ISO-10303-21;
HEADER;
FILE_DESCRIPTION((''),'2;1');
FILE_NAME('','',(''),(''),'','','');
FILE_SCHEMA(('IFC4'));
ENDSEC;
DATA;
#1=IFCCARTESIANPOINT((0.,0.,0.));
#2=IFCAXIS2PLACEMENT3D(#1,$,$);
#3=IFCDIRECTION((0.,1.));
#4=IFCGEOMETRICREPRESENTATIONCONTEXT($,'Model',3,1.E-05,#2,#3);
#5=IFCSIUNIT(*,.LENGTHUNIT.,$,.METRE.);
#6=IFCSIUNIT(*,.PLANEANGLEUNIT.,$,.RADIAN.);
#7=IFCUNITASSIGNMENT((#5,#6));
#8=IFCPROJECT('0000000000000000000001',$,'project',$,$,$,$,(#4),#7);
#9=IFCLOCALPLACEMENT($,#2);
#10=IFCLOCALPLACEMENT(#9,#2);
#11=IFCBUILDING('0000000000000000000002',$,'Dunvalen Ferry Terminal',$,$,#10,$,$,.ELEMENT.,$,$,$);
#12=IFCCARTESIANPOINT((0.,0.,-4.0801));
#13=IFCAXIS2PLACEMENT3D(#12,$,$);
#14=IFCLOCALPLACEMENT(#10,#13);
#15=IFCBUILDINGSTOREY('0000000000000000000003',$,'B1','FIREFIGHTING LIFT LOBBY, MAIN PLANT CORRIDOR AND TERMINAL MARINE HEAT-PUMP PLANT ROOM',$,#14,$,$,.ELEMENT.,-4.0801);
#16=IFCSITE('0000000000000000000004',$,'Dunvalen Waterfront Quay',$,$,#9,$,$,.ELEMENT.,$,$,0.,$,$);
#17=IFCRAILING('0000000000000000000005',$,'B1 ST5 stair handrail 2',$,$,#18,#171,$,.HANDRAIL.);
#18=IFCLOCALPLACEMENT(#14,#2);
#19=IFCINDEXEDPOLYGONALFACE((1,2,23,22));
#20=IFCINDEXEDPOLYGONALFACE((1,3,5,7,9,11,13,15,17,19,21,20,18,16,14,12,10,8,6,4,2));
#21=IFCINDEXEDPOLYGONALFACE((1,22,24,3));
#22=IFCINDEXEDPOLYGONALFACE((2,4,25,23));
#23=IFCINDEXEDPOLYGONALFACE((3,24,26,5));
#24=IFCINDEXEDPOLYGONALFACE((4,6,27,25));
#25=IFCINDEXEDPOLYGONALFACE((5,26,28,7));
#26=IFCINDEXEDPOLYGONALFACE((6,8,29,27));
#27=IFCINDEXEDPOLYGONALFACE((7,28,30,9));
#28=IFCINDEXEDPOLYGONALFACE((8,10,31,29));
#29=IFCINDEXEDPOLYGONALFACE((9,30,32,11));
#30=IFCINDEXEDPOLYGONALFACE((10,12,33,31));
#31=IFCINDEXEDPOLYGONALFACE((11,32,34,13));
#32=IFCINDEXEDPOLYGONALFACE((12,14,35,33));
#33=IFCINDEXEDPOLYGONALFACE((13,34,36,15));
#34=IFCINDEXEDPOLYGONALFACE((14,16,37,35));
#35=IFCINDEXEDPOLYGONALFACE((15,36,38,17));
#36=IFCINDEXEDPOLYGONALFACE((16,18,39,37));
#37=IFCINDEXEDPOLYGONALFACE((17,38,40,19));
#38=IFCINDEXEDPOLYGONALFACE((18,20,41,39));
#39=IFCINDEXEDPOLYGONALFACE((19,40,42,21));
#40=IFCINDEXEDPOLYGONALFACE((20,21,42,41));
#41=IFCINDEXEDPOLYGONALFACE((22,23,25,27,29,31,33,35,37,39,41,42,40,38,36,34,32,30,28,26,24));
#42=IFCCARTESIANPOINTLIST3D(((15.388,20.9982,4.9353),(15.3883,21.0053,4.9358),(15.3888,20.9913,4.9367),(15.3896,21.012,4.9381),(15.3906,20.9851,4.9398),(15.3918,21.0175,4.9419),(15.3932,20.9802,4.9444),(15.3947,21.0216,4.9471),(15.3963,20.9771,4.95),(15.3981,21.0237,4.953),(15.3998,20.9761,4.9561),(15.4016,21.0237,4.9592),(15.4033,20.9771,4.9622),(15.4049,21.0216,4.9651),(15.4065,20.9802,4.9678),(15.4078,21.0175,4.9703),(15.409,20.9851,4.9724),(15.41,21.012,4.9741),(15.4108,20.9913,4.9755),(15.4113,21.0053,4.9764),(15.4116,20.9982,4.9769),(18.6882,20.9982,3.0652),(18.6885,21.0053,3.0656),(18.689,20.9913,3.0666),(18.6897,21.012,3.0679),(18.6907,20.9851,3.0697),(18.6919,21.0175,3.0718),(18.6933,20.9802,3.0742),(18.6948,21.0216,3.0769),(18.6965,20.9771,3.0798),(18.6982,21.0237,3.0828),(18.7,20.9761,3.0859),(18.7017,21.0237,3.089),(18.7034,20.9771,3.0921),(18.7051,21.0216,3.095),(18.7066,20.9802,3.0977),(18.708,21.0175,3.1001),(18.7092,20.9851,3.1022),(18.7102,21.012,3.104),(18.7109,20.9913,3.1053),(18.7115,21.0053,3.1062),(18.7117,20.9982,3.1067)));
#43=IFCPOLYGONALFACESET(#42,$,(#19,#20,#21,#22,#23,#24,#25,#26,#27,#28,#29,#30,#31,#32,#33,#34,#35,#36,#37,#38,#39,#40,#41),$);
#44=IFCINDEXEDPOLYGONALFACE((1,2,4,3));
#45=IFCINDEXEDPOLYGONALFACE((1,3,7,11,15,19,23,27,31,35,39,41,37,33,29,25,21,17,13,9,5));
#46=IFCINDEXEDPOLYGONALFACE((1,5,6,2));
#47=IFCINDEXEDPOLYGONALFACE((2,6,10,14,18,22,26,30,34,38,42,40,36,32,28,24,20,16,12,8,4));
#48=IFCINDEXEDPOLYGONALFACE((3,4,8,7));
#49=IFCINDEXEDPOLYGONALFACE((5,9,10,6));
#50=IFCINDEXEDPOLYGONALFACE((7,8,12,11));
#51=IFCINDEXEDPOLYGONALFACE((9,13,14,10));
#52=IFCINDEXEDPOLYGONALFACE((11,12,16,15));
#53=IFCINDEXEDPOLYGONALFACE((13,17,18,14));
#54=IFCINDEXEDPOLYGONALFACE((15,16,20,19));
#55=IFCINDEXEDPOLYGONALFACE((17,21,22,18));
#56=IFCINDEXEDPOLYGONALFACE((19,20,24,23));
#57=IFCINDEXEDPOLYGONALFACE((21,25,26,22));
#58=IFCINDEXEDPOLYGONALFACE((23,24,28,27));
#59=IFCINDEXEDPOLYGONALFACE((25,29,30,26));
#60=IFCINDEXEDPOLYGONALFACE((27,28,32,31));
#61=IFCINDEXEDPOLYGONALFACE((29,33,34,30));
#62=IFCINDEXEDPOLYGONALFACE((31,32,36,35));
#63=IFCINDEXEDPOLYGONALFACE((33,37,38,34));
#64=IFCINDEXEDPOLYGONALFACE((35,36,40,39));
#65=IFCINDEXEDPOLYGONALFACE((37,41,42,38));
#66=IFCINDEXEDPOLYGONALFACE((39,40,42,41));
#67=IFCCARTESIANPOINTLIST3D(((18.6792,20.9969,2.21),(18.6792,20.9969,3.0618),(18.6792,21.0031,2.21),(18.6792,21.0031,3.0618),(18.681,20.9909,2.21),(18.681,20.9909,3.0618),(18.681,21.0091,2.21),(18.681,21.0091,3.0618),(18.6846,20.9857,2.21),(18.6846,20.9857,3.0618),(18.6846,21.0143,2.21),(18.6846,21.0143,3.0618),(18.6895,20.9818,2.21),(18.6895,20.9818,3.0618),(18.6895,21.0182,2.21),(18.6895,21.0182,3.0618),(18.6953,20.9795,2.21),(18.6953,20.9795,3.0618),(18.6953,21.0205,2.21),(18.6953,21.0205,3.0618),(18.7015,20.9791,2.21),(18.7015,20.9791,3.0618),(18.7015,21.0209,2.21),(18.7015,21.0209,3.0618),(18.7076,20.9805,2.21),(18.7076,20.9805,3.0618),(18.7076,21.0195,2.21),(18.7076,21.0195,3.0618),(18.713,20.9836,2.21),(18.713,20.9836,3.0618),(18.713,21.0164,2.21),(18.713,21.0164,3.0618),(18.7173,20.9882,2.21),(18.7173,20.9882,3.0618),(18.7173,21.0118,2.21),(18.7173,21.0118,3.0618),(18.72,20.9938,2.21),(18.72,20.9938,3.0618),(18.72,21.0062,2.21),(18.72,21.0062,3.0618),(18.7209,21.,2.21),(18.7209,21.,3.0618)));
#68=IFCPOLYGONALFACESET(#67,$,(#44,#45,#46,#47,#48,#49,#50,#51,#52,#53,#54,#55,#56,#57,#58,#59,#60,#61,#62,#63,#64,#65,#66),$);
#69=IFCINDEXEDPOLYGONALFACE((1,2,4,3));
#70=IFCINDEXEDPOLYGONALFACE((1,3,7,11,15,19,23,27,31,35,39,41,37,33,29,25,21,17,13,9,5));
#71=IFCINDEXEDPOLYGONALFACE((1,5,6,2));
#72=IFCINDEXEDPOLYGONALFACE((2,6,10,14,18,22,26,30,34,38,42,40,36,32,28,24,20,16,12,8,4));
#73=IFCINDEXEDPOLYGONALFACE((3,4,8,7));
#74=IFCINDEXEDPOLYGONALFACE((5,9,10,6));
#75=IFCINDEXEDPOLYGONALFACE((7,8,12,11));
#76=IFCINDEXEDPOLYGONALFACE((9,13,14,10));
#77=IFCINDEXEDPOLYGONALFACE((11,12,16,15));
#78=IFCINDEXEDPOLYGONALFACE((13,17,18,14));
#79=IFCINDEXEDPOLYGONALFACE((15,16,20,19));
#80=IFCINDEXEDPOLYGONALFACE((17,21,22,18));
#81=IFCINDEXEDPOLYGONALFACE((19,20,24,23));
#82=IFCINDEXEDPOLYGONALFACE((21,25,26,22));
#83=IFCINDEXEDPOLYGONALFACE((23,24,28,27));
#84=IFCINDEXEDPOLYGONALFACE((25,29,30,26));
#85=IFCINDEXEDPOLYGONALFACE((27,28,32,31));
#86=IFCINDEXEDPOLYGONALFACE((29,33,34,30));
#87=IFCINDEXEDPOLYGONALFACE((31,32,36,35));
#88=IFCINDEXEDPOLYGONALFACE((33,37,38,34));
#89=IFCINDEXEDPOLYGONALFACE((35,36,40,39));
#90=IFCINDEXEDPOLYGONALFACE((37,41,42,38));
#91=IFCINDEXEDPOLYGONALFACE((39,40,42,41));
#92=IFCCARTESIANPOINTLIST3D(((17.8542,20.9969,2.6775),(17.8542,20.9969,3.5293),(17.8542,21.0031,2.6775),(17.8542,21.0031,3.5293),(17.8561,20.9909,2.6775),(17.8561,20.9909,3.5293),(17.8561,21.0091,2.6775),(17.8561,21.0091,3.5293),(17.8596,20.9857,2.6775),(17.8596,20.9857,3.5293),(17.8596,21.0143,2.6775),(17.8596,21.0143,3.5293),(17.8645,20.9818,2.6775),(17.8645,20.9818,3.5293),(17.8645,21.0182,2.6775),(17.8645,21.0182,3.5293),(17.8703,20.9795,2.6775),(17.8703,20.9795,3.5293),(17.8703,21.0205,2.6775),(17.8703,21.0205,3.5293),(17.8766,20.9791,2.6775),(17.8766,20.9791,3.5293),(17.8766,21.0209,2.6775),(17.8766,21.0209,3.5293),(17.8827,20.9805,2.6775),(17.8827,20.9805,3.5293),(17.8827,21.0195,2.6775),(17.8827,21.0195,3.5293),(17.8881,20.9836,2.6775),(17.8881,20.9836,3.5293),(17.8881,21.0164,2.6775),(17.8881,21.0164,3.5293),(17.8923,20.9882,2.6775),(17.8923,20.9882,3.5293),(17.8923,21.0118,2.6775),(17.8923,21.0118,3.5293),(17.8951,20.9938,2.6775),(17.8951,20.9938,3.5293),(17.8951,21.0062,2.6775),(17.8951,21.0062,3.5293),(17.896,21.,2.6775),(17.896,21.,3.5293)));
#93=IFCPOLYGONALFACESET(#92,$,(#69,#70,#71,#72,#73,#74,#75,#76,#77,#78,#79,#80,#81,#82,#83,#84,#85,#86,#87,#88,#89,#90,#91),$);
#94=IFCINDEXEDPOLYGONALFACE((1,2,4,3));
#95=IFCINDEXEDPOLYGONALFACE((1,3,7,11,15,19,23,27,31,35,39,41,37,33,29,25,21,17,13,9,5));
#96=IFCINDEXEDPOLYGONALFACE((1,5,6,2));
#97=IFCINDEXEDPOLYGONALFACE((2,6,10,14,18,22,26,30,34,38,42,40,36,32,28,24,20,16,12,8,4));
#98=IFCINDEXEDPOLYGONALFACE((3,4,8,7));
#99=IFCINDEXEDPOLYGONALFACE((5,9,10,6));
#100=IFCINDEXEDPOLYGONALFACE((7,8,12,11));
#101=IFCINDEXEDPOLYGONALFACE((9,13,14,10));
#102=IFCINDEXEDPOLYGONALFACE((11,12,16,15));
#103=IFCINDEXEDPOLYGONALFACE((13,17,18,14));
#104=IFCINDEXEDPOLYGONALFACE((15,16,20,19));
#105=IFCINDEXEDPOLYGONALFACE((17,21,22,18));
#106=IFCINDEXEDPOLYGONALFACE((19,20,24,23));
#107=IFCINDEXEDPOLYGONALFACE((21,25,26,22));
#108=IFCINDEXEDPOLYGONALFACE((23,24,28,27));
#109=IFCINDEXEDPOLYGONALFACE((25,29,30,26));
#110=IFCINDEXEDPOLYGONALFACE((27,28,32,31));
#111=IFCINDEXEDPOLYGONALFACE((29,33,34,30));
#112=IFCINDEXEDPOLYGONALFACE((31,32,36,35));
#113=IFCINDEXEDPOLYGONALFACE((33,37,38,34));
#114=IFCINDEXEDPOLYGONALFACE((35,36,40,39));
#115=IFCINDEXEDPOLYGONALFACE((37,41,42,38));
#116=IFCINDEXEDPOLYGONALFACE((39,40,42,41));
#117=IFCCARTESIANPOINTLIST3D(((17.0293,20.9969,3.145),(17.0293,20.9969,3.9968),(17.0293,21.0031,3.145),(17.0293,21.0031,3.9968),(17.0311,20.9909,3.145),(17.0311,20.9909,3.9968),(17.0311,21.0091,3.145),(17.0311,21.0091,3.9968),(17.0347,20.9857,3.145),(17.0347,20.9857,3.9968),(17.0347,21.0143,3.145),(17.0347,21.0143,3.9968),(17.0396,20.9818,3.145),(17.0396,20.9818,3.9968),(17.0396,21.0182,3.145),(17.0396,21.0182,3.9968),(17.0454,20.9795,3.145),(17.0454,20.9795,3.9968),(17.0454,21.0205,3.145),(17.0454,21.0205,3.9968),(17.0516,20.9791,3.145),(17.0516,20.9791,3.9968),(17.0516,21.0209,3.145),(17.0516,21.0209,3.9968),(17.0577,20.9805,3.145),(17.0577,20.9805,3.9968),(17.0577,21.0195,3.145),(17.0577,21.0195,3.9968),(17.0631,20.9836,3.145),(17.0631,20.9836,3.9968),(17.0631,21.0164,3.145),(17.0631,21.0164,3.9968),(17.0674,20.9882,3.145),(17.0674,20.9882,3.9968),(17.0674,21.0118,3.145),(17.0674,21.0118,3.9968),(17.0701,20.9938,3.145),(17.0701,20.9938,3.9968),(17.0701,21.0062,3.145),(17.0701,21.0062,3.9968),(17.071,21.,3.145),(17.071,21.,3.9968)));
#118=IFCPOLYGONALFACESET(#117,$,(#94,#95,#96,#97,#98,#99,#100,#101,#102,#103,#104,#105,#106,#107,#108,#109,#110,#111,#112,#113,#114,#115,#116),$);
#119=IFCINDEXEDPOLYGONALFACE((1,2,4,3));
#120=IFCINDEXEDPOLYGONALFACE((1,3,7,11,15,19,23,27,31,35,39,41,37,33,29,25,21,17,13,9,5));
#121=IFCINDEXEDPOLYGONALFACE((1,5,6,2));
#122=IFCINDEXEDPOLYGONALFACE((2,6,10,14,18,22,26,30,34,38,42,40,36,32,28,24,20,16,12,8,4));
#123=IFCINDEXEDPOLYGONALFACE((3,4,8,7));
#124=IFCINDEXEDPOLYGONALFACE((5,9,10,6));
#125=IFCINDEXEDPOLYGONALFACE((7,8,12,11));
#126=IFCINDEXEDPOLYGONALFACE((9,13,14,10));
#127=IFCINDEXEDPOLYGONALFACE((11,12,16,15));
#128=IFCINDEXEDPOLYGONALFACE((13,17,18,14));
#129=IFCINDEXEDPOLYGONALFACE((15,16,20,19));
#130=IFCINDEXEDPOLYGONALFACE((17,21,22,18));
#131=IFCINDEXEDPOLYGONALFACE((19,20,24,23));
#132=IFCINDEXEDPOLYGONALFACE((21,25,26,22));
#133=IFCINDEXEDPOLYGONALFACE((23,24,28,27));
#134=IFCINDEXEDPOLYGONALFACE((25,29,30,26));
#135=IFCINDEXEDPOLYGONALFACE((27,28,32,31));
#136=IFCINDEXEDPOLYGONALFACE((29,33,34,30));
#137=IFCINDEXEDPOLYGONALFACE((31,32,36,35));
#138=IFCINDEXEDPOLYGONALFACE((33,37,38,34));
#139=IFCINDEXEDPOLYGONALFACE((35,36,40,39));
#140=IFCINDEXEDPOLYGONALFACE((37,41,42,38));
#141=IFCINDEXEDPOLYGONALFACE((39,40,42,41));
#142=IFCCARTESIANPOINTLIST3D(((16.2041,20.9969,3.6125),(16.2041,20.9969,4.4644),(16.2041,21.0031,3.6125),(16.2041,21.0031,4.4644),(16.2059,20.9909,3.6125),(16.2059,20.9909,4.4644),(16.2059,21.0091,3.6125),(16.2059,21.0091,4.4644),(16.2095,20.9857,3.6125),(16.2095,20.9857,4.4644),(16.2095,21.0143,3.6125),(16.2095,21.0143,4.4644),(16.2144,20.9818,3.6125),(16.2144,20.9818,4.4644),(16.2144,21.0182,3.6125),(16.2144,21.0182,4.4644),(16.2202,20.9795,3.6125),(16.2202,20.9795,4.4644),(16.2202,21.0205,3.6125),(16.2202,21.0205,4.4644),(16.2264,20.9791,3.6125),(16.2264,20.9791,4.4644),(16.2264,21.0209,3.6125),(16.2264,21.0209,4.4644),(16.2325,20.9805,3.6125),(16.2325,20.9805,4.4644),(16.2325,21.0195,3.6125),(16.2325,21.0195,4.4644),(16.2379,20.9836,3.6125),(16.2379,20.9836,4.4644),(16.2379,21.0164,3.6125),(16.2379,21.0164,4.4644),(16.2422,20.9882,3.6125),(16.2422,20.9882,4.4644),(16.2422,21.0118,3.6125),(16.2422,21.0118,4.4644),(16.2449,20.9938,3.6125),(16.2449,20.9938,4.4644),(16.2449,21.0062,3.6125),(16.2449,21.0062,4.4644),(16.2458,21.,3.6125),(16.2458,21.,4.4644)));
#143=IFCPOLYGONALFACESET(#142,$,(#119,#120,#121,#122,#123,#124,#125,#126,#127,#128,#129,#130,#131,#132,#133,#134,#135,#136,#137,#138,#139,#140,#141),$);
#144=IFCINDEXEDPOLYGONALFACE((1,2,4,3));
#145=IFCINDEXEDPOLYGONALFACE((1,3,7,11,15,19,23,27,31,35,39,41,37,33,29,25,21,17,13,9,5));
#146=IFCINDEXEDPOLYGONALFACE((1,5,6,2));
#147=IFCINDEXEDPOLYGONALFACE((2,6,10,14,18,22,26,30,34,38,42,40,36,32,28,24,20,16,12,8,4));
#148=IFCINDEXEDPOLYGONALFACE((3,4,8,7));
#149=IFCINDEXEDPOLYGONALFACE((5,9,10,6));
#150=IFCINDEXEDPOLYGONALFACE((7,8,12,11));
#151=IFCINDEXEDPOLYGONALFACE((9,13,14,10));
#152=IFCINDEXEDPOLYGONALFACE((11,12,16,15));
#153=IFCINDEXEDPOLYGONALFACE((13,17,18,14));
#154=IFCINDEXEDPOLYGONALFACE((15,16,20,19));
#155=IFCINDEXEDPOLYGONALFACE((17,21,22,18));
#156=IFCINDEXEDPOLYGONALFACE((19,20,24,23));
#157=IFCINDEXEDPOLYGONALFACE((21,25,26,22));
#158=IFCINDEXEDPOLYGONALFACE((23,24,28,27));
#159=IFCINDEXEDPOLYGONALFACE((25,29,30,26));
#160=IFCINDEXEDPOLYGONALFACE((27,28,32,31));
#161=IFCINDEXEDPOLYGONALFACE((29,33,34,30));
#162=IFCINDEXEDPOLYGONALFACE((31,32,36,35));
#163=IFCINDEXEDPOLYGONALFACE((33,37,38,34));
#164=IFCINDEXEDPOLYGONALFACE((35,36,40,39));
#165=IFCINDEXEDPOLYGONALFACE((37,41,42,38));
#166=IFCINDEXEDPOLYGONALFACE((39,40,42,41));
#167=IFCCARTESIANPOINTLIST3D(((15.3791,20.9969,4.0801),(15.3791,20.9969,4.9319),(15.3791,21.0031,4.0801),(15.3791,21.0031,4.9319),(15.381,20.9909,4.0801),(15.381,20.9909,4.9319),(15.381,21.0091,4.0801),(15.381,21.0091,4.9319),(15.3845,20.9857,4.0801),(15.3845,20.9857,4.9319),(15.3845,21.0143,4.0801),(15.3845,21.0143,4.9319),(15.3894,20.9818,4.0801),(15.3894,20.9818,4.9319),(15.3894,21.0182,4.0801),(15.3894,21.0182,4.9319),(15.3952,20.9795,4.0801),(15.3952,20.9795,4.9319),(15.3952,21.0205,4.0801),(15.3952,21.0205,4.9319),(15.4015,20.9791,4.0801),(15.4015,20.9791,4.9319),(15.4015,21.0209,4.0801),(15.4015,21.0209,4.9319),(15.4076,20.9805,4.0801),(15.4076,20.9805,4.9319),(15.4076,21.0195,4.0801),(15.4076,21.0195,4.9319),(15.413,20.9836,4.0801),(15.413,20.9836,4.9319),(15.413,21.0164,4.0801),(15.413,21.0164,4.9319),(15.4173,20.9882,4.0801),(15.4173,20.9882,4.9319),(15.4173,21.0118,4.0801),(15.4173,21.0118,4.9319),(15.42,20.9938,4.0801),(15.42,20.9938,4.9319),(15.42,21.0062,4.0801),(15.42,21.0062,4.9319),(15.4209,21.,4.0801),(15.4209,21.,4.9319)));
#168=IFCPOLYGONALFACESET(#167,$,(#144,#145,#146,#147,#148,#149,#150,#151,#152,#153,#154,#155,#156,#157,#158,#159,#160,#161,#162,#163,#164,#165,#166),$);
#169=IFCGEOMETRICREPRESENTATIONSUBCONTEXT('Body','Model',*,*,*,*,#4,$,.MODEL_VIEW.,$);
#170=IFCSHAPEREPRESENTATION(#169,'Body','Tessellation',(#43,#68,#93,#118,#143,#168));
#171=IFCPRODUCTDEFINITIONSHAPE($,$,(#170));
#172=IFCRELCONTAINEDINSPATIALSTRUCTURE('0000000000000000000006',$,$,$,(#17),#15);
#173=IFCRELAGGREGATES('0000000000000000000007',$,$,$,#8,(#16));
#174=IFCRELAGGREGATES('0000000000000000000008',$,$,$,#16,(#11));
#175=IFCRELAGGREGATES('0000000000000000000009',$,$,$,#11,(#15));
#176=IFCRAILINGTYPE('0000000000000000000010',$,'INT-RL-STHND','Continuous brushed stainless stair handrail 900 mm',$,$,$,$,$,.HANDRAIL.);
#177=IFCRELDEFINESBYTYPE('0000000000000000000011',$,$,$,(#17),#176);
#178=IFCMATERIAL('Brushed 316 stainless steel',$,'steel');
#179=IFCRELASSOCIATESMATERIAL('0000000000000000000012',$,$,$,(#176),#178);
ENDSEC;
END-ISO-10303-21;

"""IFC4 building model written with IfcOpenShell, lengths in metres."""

from ifc_helpers import new_model, si_unit, direction, frame, origin, origin_2d, place, context, subcontext, project, spatial, circle, extrude, material, type_object, element, save


model = new_model("IFC4")

# Units and contexts
model_context = context("Model", 3, precision=1e-05, world=origin(), true_north=direction((0.0, 1.0)))
body_context = subcontext(model_context, "Body", "Model", "MODEL_VIEW")
ifc_project = project(units=[si_unit("LENGTHUNIT", "METRE"), si_unit("PLANEANGLEUNIT", "RADIAN")], contexts=[model_context])

# Site, building, storey
site_placement = place(None, origin())
site = spatial("IfcSite", under=ifc_project, at=site_placement, Name="Dunvalen Waterfront Quay", CompositionType="ELEMENT", RefElevation=0.0)
building_placement = place(site_placement, origin())
building = spatial("IfcBuilding", under=site, at=building_placement, Name="Dunvalen Ferry Terminal", CompositionType="ELEMENT")
storey_placement = place(building_placement, frame((0.0, 0.0, -4.0801)))
storey = spatial("IfcBuildingStorey", under=building, at=storey_placement, Name="B1", Description="FIREFIGHTING LIFT LOBBY, MAIN PLANT CORRIDOR AND TERMINAL MARINE HEAT-PUMP PLANT ROOM", CompositionType="ELEMENT", Elevation=-4.0801)

# Railing
ifc_material_1 = material(Name="Brushed 316 stainless steel", Category="steel")
railing_type_1 = type_object("IfcRailingType", Name="INT-RL-STHND", Description="Continuous brushed stainless stair handrail 900 mm", PredefinedType="HANDRAIL", material=ifc_material_1)
railing_1_placement = place(storey_placement, frame((18.7, 21.0, 2.21)))
element("IfcRailing", 1, at=railing_1_placement, inside=storey, type_object=railing_type_1, Name="B1 ST5 stair handrail 2", PredefinedType="HANDRAIL", context=body_context, shape_type="SweptSolid", body=[
    extrude(circle(Radius=0.0239, at=origin_2d()), frame((0.0, 0.0, 0.876), z_axis=(-0.870012, 0.0, 0.49303), x_axis=(0.0, -1.0, 0.0)), (0.0, 0.0, 1.0), 3.7932),
    extrude(circle(Radius=0.021, at=origin_2d()), origin(), (0.0, 0.0, 1.0), 0.8518),
    extrude(circle(Radius=0.021, at=origin_2d()), frame((-0.825, 0.0, 0.4675)), (0.0, 0.0, 1.0), 0.8518),
    extrude(circle(Radius=0.021, at=origin_2d()), frame((-1.6499, 0.0, 0.9351)), (0.0, 0.0, 1.0), 0.8518),
    extrude(circle(Radius=0.021, at=origin_2d()), frame((-2.4751, 0.0, 1.4026)), (0.0, 0.0, 1.0), 0.8518),
    extrude(circle(Radius=0.021, at=origin_2d()), frame((-3.3, 0.0, 1.8701)), (0.0, 0.0, 1.0), 0.8518),
])

save(model, "model.ifc")
